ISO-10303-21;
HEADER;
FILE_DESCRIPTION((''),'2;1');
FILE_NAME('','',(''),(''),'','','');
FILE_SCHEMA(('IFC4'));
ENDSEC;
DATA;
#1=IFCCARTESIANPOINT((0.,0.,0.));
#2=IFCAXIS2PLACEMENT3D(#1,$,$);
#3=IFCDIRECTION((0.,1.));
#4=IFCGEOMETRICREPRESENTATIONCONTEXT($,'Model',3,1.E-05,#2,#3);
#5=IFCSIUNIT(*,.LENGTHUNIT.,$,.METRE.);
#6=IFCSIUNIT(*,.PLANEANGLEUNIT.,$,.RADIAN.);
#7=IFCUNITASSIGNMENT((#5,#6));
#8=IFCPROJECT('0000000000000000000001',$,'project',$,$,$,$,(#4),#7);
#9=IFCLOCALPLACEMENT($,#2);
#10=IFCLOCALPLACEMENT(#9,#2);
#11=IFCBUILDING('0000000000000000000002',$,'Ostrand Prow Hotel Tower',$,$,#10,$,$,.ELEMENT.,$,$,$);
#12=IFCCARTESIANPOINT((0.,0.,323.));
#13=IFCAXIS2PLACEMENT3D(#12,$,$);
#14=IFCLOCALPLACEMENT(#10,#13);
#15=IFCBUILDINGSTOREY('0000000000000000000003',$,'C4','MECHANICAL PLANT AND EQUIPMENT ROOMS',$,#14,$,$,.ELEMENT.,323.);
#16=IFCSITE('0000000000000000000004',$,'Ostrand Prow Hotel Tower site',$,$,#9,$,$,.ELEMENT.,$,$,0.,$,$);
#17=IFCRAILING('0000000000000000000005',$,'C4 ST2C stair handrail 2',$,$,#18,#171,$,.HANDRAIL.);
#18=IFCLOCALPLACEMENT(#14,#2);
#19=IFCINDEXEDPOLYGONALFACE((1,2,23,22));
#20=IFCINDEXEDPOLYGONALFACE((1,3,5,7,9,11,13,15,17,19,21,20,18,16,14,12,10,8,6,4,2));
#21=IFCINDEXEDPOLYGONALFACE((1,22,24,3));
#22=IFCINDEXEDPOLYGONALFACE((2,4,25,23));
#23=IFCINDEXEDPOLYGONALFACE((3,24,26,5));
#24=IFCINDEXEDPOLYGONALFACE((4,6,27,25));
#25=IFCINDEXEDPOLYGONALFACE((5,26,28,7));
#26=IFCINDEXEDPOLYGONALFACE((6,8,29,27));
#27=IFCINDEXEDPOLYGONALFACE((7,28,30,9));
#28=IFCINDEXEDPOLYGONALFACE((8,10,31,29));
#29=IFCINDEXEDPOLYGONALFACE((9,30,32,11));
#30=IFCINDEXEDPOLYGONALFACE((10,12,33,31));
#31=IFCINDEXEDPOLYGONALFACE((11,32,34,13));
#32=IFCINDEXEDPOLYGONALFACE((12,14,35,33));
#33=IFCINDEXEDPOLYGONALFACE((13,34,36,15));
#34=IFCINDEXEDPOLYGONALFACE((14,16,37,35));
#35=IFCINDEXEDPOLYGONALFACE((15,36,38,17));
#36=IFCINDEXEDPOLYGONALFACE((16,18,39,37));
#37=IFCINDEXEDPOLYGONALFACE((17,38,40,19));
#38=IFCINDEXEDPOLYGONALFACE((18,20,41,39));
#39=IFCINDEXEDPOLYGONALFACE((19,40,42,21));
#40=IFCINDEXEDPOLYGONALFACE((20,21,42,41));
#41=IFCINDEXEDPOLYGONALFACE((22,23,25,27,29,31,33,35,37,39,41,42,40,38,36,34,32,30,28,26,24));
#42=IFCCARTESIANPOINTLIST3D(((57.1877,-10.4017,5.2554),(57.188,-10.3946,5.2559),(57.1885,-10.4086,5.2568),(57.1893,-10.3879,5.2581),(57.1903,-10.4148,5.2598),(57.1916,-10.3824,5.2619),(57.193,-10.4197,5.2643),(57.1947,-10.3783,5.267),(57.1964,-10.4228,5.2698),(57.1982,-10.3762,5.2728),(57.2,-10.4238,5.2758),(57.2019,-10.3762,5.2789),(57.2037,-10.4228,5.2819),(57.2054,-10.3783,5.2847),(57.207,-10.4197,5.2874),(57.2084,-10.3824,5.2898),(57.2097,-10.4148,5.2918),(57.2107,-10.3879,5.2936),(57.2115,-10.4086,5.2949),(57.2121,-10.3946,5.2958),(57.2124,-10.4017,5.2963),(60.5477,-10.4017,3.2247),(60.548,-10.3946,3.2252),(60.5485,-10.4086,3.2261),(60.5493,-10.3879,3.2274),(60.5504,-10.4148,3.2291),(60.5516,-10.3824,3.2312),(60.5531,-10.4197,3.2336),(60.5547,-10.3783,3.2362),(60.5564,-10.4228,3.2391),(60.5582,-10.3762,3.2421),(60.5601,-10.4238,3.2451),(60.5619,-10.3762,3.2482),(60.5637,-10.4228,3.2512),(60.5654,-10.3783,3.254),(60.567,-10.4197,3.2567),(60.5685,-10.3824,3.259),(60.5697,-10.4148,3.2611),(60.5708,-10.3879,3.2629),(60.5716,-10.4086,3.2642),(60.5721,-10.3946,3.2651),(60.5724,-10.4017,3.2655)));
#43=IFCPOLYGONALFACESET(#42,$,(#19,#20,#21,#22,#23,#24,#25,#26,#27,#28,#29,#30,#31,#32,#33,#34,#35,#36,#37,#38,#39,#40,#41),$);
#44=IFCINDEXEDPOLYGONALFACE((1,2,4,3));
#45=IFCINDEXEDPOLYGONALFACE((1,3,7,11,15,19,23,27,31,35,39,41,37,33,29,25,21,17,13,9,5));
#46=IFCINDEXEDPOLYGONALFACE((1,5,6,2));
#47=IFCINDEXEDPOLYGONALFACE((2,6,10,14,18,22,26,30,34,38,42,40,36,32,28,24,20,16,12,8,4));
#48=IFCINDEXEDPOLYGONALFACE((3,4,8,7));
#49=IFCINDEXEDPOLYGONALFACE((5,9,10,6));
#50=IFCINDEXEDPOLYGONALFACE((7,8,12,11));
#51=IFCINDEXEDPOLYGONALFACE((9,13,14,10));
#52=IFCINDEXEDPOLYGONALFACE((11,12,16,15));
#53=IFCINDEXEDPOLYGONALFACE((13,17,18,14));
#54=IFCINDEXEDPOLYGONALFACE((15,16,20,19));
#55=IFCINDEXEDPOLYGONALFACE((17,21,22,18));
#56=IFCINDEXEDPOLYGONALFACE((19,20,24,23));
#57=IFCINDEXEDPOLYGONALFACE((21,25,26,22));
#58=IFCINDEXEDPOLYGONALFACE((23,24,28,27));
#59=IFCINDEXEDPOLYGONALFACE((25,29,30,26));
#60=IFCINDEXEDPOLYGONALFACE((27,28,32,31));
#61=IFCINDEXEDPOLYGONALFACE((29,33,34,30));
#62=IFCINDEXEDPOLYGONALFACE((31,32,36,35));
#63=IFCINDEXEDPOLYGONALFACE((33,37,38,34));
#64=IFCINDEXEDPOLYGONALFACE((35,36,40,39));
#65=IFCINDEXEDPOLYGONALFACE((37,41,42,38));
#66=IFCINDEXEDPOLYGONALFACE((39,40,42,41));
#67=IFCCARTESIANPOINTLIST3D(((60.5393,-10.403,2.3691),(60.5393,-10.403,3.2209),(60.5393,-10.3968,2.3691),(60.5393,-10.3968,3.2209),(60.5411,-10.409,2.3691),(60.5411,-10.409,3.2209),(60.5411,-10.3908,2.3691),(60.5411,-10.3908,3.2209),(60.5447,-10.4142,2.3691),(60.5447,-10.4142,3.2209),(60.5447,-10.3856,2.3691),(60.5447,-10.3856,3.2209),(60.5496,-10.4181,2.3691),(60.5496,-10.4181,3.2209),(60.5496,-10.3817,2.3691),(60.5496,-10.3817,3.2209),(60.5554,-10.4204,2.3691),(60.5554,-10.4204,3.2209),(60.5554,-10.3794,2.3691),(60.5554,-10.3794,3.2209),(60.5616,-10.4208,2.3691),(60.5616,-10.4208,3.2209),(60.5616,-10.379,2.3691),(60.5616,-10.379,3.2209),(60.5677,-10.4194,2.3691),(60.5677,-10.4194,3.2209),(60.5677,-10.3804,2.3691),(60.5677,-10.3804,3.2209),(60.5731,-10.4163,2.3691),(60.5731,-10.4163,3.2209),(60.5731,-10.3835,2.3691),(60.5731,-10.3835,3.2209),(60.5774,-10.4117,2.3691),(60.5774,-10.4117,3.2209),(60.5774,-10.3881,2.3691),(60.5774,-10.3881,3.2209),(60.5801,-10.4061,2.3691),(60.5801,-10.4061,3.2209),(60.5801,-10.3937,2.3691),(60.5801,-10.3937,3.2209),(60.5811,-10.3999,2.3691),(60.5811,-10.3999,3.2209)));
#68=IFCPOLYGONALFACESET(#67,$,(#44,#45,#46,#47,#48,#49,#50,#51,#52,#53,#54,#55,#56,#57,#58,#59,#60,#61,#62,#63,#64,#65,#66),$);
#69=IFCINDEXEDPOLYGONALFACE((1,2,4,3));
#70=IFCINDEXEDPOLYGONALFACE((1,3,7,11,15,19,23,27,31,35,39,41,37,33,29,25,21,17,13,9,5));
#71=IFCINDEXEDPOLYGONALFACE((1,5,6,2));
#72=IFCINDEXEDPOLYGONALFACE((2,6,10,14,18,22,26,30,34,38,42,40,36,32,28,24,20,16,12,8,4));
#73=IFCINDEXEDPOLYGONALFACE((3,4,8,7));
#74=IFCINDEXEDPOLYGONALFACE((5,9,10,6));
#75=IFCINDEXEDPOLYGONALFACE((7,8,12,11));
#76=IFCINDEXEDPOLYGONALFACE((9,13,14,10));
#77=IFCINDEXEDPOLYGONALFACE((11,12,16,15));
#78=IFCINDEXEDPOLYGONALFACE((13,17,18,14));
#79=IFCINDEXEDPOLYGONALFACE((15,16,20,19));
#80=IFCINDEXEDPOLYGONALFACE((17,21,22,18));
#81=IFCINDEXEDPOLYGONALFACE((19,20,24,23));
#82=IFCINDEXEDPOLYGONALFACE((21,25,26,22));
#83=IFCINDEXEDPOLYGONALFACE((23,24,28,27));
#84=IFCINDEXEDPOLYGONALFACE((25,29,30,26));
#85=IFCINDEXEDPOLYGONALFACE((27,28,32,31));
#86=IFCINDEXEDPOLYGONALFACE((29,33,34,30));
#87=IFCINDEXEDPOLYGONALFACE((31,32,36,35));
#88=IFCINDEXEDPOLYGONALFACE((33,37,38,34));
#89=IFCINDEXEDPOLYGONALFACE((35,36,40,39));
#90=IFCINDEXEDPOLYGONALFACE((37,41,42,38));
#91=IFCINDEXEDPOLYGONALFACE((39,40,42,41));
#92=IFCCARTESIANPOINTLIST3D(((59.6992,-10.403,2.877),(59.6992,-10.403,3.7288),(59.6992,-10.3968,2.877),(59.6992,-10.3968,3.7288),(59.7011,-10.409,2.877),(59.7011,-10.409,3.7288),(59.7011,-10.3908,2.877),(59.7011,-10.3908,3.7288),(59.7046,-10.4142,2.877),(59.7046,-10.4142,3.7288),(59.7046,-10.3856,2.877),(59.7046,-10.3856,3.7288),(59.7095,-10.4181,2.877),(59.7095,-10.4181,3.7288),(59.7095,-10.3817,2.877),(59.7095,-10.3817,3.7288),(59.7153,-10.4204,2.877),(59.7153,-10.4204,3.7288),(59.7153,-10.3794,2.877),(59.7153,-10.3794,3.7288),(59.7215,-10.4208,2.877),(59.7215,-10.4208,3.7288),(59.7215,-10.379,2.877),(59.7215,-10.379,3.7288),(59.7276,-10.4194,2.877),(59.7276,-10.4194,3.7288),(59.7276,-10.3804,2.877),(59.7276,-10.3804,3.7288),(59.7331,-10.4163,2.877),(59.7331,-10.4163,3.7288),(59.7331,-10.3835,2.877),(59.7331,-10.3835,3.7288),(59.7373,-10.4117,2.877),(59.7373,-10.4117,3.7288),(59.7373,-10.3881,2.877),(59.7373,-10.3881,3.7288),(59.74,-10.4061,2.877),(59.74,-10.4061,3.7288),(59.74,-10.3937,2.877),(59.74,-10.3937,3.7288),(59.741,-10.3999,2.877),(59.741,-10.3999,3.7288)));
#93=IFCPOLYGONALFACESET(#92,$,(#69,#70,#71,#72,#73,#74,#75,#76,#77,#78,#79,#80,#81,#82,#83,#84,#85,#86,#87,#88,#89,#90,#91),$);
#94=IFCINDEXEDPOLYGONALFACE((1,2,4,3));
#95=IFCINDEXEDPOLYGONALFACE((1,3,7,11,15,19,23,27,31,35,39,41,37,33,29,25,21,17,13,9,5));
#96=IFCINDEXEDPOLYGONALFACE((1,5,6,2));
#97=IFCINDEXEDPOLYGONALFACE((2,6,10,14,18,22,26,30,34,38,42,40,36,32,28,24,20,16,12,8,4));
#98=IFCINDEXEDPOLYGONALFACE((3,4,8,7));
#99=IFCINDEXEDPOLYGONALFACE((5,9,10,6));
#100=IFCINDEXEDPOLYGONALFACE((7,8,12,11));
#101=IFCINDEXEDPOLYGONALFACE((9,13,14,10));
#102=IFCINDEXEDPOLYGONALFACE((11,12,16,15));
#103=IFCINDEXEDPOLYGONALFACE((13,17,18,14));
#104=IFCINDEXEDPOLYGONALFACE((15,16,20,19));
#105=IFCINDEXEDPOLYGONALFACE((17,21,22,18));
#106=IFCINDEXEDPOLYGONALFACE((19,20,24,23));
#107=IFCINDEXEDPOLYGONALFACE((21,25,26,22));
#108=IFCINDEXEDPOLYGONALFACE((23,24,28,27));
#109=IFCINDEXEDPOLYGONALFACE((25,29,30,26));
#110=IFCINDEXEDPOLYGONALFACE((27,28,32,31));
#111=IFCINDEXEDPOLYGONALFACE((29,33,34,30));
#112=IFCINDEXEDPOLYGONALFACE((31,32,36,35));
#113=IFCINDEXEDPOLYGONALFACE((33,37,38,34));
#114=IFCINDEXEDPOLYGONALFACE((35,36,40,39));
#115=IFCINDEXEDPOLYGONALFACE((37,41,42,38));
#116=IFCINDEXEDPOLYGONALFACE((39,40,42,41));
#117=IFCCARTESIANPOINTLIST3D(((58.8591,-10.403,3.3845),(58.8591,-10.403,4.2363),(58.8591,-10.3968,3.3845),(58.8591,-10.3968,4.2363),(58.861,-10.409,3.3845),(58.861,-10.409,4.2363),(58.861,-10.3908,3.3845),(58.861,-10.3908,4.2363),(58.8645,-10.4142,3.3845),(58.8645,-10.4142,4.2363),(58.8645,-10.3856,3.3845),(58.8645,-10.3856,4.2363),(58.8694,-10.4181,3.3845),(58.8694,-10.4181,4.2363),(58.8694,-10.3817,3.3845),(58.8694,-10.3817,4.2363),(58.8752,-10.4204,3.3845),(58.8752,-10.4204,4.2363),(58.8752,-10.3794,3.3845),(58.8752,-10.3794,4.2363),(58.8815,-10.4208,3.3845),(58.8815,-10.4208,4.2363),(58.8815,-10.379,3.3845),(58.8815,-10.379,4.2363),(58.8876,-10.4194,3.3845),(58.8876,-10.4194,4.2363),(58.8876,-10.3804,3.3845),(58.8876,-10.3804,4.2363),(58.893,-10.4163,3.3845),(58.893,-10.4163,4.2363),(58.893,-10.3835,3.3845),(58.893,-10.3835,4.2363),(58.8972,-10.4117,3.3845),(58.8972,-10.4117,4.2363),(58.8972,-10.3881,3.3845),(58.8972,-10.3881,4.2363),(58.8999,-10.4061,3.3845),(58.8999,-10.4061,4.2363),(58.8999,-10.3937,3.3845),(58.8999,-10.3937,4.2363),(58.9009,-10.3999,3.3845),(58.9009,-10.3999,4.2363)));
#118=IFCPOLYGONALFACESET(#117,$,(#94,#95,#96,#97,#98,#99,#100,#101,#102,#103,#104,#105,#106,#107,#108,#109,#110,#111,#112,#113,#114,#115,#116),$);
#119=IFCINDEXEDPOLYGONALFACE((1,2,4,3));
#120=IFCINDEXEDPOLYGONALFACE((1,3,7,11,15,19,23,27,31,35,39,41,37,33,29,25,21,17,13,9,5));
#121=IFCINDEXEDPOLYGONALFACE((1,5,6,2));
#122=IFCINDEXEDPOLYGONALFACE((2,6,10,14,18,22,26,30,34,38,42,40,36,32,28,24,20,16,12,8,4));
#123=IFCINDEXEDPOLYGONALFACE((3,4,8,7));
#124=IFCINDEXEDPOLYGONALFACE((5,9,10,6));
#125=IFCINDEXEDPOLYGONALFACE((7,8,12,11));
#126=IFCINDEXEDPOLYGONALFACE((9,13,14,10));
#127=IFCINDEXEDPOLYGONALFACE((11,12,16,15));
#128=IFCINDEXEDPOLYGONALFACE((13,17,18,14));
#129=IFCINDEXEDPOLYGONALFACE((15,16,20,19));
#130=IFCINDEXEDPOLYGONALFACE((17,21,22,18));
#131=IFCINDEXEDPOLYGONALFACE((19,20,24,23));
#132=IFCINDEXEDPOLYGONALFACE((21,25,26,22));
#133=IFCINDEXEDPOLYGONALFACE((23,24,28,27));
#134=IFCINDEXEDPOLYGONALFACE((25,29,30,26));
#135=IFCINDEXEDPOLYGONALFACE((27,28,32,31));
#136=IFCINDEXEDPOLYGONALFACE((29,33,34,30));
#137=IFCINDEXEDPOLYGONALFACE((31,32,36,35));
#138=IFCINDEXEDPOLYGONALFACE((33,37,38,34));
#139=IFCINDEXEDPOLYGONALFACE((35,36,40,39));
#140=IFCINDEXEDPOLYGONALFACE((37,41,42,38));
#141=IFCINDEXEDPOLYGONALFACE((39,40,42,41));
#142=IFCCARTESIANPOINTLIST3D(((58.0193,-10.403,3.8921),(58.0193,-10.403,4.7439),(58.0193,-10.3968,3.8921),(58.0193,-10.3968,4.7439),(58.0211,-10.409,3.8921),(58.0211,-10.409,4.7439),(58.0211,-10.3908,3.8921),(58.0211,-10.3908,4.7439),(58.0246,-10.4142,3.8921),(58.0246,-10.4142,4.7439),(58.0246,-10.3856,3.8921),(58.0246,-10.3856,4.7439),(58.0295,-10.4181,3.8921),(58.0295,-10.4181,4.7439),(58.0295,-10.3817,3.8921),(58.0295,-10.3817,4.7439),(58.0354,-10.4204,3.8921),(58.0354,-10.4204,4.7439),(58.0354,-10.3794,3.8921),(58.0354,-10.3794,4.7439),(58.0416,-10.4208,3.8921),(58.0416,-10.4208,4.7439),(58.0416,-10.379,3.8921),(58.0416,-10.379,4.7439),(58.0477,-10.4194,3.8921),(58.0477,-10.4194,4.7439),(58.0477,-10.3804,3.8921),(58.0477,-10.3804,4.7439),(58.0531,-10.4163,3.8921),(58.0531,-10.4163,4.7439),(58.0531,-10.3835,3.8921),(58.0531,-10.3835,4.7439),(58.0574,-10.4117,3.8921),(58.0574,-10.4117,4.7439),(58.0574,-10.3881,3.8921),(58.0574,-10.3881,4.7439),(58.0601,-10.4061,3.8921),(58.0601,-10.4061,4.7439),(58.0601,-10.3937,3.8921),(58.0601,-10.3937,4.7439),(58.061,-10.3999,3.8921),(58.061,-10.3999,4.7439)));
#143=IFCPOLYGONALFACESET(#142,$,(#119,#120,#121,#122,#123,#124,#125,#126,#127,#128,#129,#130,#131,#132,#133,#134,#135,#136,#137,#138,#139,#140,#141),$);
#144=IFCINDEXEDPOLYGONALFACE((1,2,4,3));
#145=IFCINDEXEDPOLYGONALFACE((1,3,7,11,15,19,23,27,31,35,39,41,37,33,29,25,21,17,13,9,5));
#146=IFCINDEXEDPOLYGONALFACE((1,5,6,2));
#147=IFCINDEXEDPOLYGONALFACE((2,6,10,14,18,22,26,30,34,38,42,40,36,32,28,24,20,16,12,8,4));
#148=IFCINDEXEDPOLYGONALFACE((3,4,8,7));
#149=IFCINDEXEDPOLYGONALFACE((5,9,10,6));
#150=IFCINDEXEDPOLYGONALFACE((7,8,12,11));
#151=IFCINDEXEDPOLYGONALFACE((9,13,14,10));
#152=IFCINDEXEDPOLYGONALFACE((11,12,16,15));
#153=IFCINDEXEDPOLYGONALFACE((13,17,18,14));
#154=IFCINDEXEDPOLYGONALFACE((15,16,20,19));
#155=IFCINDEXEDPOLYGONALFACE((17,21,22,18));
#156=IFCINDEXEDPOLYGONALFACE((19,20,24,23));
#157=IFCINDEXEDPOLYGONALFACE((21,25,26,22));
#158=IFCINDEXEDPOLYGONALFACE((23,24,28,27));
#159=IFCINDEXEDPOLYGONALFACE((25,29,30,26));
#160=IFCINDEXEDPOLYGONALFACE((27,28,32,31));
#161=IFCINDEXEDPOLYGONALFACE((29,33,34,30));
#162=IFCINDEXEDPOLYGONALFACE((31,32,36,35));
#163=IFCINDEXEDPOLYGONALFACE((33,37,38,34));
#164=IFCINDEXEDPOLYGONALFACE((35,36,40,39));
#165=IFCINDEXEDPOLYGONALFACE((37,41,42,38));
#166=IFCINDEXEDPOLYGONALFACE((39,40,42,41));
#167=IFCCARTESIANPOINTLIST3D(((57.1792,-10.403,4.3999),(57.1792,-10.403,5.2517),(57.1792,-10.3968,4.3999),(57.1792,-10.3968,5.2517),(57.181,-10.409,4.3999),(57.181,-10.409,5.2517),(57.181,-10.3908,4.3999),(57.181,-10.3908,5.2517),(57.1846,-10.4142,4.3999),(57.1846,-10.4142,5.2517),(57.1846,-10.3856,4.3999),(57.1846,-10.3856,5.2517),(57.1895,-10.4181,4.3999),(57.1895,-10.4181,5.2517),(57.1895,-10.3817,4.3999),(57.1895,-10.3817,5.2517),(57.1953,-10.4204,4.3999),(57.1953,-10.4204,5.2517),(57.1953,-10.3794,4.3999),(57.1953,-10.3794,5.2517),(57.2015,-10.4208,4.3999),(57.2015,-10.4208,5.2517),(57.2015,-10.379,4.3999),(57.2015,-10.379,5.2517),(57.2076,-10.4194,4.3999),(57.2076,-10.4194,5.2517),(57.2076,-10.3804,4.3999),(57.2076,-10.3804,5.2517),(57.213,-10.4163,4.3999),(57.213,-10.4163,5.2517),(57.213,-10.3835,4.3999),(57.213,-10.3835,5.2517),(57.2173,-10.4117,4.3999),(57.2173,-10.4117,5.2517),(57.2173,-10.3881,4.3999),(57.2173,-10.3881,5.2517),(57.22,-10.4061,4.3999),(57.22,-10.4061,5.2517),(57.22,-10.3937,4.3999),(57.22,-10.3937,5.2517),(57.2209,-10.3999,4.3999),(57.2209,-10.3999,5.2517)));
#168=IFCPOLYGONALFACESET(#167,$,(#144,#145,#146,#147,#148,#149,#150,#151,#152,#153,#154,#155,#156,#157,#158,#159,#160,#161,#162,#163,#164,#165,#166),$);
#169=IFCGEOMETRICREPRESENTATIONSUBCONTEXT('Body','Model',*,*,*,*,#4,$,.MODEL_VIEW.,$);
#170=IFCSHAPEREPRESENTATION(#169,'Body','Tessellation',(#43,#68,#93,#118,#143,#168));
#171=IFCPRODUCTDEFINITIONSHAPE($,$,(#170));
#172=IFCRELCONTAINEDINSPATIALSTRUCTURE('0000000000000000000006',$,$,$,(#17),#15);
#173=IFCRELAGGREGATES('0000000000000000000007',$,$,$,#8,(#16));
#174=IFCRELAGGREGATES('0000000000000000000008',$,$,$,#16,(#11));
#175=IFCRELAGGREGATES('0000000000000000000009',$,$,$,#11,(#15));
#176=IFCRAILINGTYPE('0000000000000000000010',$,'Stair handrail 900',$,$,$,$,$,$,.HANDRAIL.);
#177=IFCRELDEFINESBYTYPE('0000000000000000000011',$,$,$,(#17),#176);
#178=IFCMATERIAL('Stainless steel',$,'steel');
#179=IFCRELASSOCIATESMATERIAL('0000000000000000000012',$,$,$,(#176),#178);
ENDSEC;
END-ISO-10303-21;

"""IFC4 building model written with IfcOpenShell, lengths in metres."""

from ifc_helpers import new_model, si_unit, direction, frame, origin, origin_2d, place, context, subcontext, project, spatial, circle, extrude, material, type_object, element, save


model = new_model("IFC4")

# Units and contexts
model_context = context("Model", 3, precision=1e-05, world=origin(), true_north=direction((0.0, 1.0)))
body_context = subcontext(model_context, "Body", "Model", "MODEL_VIEW")
ifc_project = project(units=[si_unit("LENGTHUNIT", "METRE"), si_unit("PLANEANGLEUNIT", "RADIAN")], contexts=[model_context])

# Site, building, storey
site_placement = place(None, origin())
site = spatial("IfcSite", under=ifc_project, at=site_placement, Name="Ostrand Prow Hotel Tower site", CompositionType="ELEMENT", RefElevation=0.0)
building_placement = place(site_placement, origin())
building = spatial("IfcBuilding", under=site, at=building_placement, Name="Ostrand Prow Hotel Tower", CompositionType="ELEMENT")
storey_placement = place(building_placement, frame((0.0, 0.0, 323.0)))
storey = spatial("IfcBuildingStorey", under=building, at=storey_placement, Name="C4", Description="MECHANICAL PLANT AND EQUIPMENT ROOMS", CompositionType="ELEMENT", Elevation=323.0)

# Railing
ifc_material_1 = material(Name="Stainless steel", Category="steel")
railing_type = type_object("IfcRailingType", Name="Stair handrail 900", PredefinedType="HANDRAIL", material=ifc_material_1)
railing_placement = place(storey_placement, frame((60.5601, -10.3999, 2.3691)))
element("IfcRailing", 1, at=railing_placement, inside=storey, type_object=railing_type, Name="C4 ST2C stair handrail 2", PredefinedType="HANDRAIL", context=body_context, shape_type="SweptSolid", body=[
    extrude(circle(Radius=0.0239, at=origin_2d()), frame((0.0, 0.0, 0.876), z_axis=(-0.855837, 0.0, 0.517246), x_axis=(0.0, -1.0, 0.0)), (0.0, 0.0, 1.0), 3.926),
    extrude(circle(Radius=0.021, at=origin_2d()), origin(), (0.0, 0.0, 1.0), 0.8518),
    extrude(circle(Radius=0.021, at=origin_2d()), frame((-0.8401, 0.0, 0.5078)), (0.0, 0.0, 1.0), 0.8518),
    extrude(circle(Radius=0.021, at=origin_2d()), frame((-1.6802, 0.0, 1.0154)), (0.0, 0.0, 1.0), 0.8518),
    extrude(circle(Radius=0.021, at=origin_2d()), frame((-2.52, 0.0, 1.5229)), (0.0, 0.0, 1.0), 0.8518),
    extrude(circle(Radius=0.021, at=origin_2d()), frame((-3.3601, 0.0, 2.0308)), (0.0, 0.0, 1.0), 0.8518),
])

save(model, "model.ifc")
